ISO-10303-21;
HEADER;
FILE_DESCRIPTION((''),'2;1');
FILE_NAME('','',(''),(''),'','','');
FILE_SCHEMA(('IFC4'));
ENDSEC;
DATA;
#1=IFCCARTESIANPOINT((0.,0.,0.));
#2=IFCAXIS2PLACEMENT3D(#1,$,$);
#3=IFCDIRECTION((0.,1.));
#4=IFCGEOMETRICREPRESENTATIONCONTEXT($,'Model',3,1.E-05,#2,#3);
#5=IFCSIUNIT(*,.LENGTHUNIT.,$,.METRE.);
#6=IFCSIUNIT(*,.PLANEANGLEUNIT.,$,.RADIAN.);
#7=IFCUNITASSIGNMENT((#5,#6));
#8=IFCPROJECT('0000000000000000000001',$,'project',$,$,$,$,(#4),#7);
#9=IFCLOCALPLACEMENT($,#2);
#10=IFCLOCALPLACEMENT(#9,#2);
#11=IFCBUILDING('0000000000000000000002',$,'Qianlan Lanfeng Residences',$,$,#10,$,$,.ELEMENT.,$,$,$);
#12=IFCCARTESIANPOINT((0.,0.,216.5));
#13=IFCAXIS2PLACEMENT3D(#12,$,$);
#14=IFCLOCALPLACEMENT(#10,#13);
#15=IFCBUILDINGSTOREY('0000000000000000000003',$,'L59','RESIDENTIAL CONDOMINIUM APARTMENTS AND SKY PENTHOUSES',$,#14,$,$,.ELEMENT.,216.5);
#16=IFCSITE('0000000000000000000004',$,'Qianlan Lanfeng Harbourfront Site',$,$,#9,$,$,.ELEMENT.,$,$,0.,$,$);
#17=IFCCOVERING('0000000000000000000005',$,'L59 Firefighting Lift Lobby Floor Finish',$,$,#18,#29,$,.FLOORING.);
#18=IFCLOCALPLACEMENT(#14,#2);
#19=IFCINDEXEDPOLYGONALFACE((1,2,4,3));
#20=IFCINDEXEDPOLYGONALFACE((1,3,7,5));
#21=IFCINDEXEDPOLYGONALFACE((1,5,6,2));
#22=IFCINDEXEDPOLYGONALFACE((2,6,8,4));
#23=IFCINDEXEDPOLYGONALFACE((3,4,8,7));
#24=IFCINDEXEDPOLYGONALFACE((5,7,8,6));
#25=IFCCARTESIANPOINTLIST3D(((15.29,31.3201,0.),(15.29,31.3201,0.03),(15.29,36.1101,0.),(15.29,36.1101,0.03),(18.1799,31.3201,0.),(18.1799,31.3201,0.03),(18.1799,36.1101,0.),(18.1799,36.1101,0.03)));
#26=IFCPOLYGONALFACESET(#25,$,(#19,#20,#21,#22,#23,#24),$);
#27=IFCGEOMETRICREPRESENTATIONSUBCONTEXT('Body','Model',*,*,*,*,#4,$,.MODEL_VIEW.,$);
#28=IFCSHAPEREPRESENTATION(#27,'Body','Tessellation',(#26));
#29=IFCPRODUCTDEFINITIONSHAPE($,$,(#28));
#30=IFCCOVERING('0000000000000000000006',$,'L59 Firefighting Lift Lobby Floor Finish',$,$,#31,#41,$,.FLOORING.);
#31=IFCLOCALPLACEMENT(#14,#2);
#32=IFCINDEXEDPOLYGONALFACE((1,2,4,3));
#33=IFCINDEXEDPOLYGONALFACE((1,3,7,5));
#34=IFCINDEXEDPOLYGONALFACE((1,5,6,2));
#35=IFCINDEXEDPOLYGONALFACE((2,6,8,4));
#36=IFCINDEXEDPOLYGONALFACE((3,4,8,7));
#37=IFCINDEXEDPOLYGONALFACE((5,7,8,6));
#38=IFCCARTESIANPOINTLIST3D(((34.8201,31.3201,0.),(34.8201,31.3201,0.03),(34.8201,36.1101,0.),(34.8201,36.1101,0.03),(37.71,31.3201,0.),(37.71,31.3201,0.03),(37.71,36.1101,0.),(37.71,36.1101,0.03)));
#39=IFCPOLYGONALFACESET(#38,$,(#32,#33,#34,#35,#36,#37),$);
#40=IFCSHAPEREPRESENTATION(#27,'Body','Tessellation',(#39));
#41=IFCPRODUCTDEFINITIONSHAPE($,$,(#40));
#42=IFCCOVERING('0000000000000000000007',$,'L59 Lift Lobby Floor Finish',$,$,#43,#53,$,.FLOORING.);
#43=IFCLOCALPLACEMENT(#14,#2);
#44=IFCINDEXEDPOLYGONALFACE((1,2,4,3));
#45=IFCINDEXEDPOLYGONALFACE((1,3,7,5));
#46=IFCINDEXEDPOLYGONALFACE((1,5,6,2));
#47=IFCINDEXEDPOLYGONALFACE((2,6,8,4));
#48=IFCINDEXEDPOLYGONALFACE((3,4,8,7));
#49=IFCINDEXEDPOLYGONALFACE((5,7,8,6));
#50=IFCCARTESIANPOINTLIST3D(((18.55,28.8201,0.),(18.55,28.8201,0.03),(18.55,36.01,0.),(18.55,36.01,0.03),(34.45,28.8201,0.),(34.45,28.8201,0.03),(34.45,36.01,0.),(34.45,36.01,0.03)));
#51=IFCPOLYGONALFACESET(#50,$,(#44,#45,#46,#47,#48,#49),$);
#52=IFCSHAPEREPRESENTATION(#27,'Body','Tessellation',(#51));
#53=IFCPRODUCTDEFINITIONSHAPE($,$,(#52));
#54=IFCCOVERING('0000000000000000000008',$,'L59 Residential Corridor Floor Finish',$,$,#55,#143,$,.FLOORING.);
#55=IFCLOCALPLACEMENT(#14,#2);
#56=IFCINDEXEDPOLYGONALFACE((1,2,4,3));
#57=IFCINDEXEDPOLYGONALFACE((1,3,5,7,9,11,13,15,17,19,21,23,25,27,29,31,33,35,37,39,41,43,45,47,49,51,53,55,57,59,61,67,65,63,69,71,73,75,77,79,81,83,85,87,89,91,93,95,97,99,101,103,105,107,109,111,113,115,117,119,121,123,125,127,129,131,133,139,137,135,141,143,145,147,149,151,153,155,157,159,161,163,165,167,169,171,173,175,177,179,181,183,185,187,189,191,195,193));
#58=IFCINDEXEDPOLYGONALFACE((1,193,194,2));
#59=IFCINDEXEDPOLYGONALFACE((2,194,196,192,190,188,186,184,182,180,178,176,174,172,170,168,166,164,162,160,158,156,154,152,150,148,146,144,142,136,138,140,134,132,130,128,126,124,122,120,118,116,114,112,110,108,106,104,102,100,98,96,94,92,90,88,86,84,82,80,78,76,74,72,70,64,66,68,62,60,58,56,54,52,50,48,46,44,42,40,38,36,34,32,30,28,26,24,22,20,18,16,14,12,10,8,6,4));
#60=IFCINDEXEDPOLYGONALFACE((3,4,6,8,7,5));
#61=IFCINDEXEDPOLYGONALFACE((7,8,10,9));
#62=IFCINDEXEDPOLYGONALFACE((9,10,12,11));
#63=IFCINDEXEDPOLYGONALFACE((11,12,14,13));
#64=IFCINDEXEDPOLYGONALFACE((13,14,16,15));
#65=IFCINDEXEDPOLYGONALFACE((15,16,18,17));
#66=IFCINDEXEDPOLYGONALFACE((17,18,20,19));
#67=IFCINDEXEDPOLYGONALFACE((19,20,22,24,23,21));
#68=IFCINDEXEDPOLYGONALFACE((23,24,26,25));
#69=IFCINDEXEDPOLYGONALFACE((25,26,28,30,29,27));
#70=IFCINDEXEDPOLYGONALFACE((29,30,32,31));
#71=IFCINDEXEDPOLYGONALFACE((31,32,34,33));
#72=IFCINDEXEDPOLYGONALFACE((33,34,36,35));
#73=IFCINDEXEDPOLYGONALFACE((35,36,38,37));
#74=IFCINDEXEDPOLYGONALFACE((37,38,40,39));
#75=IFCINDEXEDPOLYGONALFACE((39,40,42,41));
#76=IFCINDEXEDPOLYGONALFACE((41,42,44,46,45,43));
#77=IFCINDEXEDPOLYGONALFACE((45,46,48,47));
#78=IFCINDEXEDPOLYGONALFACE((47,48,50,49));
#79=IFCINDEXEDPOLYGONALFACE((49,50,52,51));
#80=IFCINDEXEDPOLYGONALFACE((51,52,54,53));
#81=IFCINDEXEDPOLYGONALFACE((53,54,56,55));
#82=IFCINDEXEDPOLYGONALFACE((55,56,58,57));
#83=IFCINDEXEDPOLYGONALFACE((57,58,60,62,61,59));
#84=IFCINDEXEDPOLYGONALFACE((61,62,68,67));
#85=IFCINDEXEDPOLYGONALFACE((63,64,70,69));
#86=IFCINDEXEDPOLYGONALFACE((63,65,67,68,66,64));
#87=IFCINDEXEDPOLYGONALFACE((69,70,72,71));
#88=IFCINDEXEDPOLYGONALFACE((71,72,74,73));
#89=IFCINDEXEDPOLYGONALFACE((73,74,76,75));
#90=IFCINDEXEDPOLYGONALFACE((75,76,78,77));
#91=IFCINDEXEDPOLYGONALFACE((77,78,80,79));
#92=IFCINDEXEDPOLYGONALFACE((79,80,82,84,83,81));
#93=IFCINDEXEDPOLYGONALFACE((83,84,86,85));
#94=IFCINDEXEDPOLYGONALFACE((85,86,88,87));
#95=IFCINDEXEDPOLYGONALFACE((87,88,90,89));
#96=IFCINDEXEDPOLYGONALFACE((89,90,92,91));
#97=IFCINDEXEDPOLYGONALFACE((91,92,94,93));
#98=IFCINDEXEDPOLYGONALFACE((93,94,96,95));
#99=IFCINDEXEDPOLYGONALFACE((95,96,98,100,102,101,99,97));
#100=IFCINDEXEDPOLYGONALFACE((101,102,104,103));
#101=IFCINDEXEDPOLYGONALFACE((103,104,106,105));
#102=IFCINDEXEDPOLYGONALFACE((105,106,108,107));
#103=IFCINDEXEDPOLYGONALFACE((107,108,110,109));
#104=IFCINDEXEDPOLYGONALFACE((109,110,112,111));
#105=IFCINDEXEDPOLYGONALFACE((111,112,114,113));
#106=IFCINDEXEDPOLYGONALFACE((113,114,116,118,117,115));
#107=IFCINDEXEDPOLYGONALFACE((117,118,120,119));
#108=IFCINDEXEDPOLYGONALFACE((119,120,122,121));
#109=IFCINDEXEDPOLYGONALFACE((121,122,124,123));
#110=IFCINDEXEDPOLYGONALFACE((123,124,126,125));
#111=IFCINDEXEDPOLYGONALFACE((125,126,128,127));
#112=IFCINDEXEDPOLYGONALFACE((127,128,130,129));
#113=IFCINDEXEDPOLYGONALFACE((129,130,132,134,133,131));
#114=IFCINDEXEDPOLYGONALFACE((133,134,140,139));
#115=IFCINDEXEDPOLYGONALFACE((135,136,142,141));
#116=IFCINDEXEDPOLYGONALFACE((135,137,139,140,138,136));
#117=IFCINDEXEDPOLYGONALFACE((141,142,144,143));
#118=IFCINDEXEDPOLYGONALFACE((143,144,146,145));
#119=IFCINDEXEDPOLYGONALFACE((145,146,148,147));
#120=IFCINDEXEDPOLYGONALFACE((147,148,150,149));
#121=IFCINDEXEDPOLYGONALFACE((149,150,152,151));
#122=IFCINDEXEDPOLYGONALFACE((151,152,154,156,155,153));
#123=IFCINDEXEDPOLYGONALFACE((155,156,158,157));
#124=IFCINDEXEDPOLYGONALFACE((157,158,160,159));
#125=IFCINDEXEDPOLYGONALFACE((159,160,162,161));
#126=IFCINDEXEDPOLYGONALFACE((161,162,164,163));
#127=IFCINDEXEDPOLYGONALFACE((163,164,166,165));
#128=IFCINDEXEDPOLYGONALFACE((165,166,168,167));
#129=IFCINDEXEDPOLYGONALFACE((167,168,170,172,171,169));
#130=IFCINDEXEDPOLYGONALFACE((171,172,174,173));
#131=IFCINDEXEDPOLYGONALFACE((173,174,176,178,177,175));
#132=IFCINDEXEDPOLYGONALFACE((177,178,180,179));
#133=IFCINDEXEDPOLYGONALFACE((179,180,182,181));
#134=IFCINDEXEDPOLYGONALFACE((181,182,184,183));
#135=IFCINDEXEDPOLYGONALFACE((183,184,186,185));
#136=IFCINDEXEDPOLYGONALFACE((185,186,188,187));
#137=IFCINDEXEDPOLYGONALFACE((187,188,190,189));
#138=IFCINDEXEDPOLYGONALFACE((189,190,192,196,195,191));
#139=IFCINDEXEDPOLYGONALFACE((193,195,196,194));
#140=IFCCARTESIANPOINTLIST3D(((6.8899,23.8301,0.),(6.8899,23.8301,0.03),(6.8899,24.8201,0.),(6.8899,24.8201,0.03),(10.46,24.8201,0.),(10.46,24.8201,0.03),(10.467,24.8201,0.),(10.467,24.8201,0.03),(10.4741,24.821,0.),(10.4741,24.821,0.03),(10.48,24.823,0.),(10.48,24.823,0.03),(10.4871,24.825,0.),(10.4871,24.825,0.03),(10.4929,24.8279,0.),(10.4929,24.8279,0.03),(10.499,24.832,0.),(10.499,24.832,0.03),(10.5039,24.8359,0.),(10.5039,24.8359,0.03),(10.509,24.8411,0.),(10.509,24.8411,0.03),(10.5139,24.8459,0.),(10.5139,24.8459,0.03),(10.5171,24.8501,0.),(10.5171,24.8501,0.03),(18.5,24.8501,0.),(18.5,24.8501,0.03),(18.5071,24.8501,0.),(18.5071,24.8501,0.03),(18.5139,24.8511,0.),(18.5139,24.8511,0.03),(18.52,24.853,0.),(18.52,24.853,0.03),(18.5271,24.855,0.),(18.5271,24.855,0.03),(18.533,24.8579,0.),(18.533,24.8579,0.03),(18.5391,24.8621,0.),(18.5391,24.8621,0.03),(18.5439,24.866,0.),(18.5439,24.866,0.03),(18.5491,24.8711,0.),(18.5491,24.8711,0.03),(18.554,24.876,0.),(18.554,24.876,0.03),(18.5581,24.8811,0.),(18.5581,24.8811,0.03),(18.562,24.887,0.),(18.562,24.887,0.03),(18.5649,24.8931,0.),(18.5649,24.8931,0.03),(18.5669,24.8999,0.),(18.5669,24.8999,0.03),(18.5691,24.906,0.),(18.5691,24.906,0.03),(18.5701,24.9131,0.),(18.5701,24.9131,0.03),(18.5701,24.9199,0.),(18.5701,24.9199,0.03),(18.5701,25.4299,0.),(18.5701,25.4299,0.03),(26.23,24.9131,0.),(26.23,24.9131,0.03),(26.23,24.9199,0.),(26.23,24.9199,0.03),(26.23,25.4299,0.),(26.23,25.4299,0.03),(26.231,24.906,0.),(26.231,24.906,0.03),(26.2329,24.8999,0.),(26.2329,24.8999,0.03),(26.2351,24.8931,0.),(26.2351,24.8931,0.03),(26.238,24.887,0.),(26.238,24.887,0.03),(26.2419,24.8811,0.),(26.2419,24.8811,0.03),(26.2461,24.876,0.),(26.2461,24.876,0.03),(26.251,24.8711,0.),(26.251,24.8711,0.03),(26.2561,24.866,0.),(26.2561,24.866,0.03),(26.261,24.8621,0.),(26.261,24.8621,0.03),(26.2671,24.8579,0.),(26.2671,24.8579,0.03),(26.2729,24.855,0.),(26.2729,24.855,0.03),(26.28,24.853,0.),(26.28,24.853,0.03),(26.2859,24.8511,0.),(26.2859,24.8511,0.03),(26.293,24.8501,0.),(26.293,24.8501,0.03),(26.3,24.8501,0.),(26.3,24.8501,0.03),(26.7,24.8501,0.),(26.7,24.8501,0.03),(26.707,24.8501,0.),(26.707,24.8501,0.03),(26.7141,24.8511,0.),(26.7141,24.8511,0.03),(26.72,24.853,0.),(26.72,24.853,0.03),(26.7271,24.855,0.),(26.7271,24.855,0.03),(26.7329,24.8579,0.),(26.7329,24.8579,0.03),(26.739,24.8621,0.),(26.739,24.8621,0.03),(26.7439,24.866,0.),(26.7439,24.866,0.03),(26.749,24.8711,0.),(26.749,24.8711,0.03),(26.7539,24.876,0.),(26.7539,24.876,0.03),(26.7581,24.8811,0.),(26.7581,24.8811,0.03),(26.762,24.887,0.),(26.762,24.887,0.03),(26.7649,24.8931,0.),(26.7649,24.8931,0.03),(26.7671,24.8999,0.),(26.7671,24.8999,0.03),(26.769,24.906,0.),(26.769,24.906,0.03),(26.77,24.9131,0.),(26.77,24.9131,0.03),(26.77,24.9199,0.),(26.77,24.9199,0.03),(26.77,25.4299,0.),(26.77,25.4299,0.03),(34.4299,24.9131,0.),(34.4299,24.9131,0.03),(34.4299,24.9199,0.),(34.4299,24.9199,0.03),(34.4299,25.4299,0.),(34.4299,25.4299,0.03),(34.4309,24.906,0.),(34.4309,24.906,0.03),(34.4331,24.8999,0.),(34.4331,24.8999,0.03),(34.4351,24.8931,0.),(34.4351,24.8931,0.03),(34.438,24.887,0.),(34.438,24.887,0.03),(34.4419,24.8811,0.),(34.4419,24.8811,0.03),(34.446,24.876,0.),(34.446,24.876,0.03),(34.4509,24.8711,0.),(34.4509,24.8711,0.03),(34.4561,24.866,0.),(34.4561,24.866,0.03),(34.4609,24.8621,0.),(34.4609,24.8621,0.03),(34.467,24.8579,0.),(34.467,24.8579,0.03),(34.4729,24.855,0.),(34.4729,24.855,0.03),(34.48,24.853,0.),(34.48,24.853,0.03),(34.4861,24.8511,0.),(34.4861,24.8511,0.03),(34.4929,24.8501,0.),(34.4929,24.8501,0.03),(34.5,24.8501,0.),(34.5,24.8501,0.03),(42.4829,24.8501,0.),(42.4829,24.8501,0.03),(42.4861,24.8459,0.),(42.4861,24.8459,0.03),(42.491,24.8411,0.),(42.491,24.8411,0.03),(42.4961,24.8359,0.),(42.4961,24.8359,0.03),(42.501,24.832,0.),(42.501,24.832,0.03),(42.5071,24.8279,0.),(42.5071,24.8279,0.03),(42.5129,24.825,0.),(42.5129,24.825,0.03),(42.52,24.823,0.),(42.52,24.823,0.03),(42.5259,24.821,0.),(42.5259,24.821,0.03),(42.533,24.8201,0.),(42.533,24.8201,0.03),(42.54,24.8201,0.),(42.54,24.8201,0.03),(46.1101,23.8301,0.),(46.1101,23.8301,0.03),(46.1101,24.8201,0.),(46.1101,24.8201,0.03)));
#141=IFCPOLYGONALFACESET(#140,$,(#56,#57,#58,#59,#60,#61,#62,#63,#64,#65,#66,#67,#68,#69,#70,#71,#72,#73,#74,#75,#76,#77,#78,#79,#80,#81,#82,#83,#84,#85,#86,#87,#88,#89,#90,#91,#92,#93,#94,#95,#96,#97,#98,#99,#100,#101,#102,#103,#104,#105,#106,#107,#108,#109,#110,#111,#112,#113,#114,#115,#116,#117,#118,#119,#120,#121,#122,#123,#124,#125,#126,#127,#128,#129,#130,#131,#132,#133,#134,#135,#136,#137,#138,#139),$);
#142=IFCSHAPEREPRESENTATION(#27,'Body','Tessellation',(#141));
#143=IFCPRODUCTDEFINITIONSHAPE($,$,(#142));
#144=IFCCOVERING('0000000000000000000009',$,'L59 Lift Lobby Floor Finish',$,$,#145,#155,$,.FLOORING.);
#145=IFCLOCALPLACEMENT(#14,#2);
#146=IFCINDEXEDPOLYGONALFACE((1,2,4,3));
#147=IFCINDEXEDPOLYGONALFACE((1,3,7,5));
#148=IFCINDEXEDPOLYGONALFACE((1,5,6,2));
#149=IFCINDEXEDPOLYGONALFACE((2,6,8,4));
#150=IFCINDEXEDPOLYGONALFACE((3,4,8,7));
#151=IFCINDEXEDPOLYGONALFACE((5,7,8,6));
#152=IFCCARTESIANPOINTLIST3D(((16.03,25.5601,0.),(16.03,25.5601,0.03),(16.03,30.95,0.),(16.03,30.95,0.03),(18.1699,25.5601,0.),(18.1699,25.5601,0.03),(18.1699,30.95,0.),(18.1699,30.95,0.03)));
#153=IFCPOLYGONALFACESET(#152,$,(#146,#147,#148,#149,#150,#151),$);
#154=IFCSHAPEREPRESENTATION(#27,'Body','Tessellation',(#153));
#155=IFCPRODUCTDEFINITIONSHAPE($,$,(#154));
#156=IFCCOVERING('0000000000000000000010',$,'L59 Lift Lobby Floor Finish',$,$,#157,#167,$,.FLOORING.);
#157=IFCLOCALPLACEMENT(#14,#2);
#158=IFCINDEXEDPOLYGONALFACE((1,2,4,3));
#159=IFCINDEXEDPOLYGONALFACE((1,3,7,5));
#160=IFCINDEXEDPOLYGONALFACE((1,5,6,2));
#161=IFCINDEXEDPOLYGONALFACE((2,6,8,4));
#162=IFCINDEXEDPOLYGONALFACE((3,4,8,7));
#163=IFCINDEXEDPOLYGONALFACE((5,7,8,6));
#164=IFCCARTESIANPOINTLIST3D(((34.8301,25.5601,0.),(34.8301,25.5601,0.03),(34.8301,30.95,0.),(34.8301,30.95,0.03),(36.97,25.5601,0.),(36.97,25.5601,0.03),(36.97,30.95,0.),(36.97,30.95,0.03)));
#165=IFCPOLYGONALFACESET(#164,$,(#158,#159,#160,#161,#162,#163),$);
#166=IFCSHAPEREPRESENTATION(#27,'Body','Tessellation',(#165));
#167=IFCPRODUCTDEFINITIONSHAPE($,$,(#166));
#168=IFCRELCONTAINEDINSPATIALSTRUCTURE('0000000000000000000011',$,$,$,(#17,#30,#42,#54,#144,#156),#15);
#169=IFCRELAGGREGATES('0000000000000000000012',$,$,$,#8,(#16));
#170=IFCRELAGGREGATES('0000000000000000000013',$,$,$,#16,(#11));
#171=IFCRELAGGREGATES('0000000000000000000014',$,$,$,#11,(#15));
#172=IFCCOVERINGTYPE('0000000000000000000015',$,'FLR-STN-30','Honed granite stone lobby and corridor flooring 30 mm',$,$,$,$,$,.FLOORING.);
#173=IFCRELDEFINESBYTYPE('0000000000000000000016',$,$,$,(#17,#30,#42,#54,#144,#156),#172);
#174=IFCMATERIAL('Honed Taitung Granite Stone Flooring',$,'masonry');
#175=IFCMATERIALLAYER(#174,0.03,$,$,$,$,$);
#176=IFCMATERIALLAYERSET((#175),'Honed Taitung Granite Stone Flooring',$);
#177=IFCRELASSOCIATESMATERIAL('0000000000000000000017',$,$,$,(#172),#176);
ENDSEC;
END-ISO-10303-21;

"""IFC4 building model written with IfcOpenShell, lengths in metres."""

from ifc_helpers import new_model, si_unit, direction, frame, origin, place, context, subcontext, project, spatial, polyline, outline, extrude, material, layer, layer_set, type_object, element, save


model = new_model("IFC4")

# Units and contexts
model_context = context("Model", 3, precision=1e-05, world=origin(), true_north=direction((0.0, 1.0)))
body_context = subcontext(model_context, "Body", "Model", "MODEL_VIEW")
ifc_project = project(units=[si_unit("LENGTHUNIT", "METRE"), si_unit("PLANEANGLEUNIT", "RADIAN")], contexts=[model_context])

# Site, building, storey
site_placement = place(None, origin())
site = spatial("IfcSite", under=ifc_project, at=site_placement, Name="Qianlan Lanfeng Harbourfront Site", CompositionType="ELEMENT", RefElevation=0.0)
building_placement = place(site_placement, origin())
building = spatial("IfcBuilding", under=site, at=building_placement, Name="Qianlan Lanfeng Residences", CompositionType="ELEMENT")
storey_placement = place(building_placement, frame((0.0, 0.0, 216.5)))
storey = spatial("IfcBuildingStorey", under=building, at=storey_placement, Name="L59", Description="RESIDENTIAL CONDOMINIUM APARTMENTS AND SKY PENTHOUSES", CompositionType="ELEMENT", Elevation=216.5)

# Coverings
ifc_material_1 = material(Name="Honed Taitung Granite Stone Flooring", Category="masonry")
ifc_layer_1 = layer(ifc_material_1, 0.03)
ifc_layer_set_1 = layer_set([ifc_layer_1], Name="Honed Taitung Granite Stone Flooring")
covering_type_1 = type_object("IfcCoveringType", Name="FLR-STN-30", Description="Honed granite stone lobby and corridor flooring 30 mm", PredefinedType="FLOORING", material=ifc_layer_set_1)
covering_1_placement = place(storey_placement, origin())
element("IfcCovering", 1, at=covering_1_placement, inside=storey, type_object=covering_type_1, Name="L59 Firefighting Lift Lobby Floor Finish", PredefinedType="FLOORING", context=body_context, shape_type="SweptSolid", body=[
    extrude(outline(polyline([(15.29, 31.3201), (18.1799, 31.3201), (18.1799, 36.1101), (15.29, 36.1101), (15.29, 31.3201)])), origin(), (0.0, 0.0, 1.0), 0.03),
])
covering_2_placement = place(storey_placement, origin())
element("IfcCovering", 2, at=covering_2_placement, inside=storey, type_object=covering_type_1, Name="L59 Firefighting Lift Lobby Floor Finish", PredefinedType="FLOORING", context=body_context, shape_type="SweptSolid", body=[
    extrude(outline(polyline([(34.8201, 31.3201), (37.71, 31.3201), (37.71, 36.1101), (34.8201, 36.1101), (34.8201, 31.3201)])), origin(), (0.0, 0.0, 1.0), 0.03),
])
covering_3_placement = place(storey_placement, origin())
element("IfcCovering", 3, at=covering_3_placement, inside=storey, type_object=covering_type_1, Name="L59 Lift Lobby Floor Finish", PredefinedType="FLOORING", context=body_context, shape_type="SweptSolid", body=[
    extrude(outline(polyline([(18.55, 28.8201), (34.45, 28.8201), (34.45, 36.01), (18.55, 36.01), (18.55, 28.8201)])), origin(), (0.0, 0.0, 1.0), 0.03),
])
covering_4_placement = place(storey_placement, origin())
element("IfcCovering", 4, at=covering_4_placement, inside=storey, type_object=covering_type_1, Name="L59 Residential Corridor Floor Finish", PredefinedType="FLOORING", context=body_context, shape_type="SweptSolid", body=[
    extrude(outline(polyline([(6.8899, 23.8301), (46.1101, 23.8301), (46.1101, 24.8201), (42.54, 24.8201), (42.533, 24.8201), (42.5259, 24.821), (42.52, 24.823), (42.5129, 24.825), (42.5071, 24.8279), (42.501, 24.832), (42.4961, 24.8359), (42.491, 24.8411), (42.4861, 24.8459), (42.4829, 24.8501), (34.5, 24.8501), (34.4929, 24.8501), (34.4861, 24.8511), (34.48, 24.853), (34.4729, 24.855), (34.467, 24.8579), (34.4609, 24.8621), (34.4561, 24.866), (34.4509, 24.8711), (34.446, 24.876), (34.4419, 24.8811), (34.438, 24.887), (34.4351, 24.8931), (34.4331, 24.8999), (34.4309, 24.906), (34.4299, 24.9131), (34.4299, 24.9199), (34.4299, 25.4299), (26.77, 25.4299), (26.77, 24.9199), (26.77, 24.9131), (26.769, 24.906), (26.7671, 24.8999), (26.7649, 24.8931), (26.762, 24.887), (26.7581, 24.8811), (26.7539, 24.876), (26.749, 24.8711), (26.7439, 24.866), (26.739, 24.8621), (26.7329, 24.8579), (26.7271, 24.855), (26.72, 24.853), (26.7141, 24.8511), (26.707, 24.8501), (26.7, 24.8501), (26.3, 24.8501), (26.293, 24.8501), (26.2859, 24.8511), (26.28, 24.853), (26.2729, 24.855), (26.2671, 24.8579), (26.261, 24.8621), (26.2561, 24.866), (26.251, 24.8711), (26.2461, 24.876), (26.2419, 24.8811), (26.238, 24.887), (26.2351, 24.8931), (26.2329, 24.8999), (26.231, 24.906), (26.23, 24.9131), (26.23, 24.9199), (26.23, 25.4299), (18.5701, 25.4299), (18.5701, 24.9199), (18.5701, 24.9131), (18.5691, 24.906), (18.5669, 24.8999), (18.5649, 24.8931), (18.562, 24.887), (18.5581, 24.8811), (18.554, 24.876), (18.5491, 24.8711), (18.5439, 24.866), (18.5391, 24.8621), (18.533, 24.8579), (18.5271, 24.855), (18.52, 24.853), (18.5139, 24.8511), (18.5071, 24.8501), (18.5, 24.8501), (10.5171, 24.8501), (10.5139, 24.8459), (10.509, 24.8411), (10.5039, 24.8359), (10.499, 24.832), (10.4929, 24.8279), (10.4871, 24.825), (10.48, 24.823), (10.4741, 24.821), (10.467, 24.8201), (10.46, 24.8201), (6.8899, 24.8201), (6.8899, 23.8301)])), origin(), (0.0, 0.0, 1.0), 0.03),
])
covering_5_placement = place(storey_placement, origin())
element("IfcCovering", 5, at=covering_5_placement, inside=storey, type_object=covering_type_1, Name="L59 Lift Lobby Floor Finish", PredefinedType="FLOORING", context=body_context, shape_type="SweptSolid", body=[
    extrude(outline(polyline([(16.03, 25.5601), (18.1699, 25.5601), (18.1699, 30.95), (16.03, 30.95), (16.03, 25.5601)])), origin(), (0.0, 0.0, 1.0), 0.03),
])
covering_6_placement = place(storey_placement, origin())
element("IfcCovering", 6, at=covering_6_placement, inside=storey, type_object=covering_type_1, Name="L59 Lift Lobby Floor Finish", PredefinedType="FLOORING", context=body_context, shape_type="SweptSolid", body=[
    extrude(outline(polyline([(34.8301, 25.5601), (36.97, 25.5601), (36.97, 30.95), (34.8301, 30.95), (34.8301, 25.5601)])), origin(), (0.0, 0.0, 1.0), 0.03),
])

save(model, "model.ifc")
